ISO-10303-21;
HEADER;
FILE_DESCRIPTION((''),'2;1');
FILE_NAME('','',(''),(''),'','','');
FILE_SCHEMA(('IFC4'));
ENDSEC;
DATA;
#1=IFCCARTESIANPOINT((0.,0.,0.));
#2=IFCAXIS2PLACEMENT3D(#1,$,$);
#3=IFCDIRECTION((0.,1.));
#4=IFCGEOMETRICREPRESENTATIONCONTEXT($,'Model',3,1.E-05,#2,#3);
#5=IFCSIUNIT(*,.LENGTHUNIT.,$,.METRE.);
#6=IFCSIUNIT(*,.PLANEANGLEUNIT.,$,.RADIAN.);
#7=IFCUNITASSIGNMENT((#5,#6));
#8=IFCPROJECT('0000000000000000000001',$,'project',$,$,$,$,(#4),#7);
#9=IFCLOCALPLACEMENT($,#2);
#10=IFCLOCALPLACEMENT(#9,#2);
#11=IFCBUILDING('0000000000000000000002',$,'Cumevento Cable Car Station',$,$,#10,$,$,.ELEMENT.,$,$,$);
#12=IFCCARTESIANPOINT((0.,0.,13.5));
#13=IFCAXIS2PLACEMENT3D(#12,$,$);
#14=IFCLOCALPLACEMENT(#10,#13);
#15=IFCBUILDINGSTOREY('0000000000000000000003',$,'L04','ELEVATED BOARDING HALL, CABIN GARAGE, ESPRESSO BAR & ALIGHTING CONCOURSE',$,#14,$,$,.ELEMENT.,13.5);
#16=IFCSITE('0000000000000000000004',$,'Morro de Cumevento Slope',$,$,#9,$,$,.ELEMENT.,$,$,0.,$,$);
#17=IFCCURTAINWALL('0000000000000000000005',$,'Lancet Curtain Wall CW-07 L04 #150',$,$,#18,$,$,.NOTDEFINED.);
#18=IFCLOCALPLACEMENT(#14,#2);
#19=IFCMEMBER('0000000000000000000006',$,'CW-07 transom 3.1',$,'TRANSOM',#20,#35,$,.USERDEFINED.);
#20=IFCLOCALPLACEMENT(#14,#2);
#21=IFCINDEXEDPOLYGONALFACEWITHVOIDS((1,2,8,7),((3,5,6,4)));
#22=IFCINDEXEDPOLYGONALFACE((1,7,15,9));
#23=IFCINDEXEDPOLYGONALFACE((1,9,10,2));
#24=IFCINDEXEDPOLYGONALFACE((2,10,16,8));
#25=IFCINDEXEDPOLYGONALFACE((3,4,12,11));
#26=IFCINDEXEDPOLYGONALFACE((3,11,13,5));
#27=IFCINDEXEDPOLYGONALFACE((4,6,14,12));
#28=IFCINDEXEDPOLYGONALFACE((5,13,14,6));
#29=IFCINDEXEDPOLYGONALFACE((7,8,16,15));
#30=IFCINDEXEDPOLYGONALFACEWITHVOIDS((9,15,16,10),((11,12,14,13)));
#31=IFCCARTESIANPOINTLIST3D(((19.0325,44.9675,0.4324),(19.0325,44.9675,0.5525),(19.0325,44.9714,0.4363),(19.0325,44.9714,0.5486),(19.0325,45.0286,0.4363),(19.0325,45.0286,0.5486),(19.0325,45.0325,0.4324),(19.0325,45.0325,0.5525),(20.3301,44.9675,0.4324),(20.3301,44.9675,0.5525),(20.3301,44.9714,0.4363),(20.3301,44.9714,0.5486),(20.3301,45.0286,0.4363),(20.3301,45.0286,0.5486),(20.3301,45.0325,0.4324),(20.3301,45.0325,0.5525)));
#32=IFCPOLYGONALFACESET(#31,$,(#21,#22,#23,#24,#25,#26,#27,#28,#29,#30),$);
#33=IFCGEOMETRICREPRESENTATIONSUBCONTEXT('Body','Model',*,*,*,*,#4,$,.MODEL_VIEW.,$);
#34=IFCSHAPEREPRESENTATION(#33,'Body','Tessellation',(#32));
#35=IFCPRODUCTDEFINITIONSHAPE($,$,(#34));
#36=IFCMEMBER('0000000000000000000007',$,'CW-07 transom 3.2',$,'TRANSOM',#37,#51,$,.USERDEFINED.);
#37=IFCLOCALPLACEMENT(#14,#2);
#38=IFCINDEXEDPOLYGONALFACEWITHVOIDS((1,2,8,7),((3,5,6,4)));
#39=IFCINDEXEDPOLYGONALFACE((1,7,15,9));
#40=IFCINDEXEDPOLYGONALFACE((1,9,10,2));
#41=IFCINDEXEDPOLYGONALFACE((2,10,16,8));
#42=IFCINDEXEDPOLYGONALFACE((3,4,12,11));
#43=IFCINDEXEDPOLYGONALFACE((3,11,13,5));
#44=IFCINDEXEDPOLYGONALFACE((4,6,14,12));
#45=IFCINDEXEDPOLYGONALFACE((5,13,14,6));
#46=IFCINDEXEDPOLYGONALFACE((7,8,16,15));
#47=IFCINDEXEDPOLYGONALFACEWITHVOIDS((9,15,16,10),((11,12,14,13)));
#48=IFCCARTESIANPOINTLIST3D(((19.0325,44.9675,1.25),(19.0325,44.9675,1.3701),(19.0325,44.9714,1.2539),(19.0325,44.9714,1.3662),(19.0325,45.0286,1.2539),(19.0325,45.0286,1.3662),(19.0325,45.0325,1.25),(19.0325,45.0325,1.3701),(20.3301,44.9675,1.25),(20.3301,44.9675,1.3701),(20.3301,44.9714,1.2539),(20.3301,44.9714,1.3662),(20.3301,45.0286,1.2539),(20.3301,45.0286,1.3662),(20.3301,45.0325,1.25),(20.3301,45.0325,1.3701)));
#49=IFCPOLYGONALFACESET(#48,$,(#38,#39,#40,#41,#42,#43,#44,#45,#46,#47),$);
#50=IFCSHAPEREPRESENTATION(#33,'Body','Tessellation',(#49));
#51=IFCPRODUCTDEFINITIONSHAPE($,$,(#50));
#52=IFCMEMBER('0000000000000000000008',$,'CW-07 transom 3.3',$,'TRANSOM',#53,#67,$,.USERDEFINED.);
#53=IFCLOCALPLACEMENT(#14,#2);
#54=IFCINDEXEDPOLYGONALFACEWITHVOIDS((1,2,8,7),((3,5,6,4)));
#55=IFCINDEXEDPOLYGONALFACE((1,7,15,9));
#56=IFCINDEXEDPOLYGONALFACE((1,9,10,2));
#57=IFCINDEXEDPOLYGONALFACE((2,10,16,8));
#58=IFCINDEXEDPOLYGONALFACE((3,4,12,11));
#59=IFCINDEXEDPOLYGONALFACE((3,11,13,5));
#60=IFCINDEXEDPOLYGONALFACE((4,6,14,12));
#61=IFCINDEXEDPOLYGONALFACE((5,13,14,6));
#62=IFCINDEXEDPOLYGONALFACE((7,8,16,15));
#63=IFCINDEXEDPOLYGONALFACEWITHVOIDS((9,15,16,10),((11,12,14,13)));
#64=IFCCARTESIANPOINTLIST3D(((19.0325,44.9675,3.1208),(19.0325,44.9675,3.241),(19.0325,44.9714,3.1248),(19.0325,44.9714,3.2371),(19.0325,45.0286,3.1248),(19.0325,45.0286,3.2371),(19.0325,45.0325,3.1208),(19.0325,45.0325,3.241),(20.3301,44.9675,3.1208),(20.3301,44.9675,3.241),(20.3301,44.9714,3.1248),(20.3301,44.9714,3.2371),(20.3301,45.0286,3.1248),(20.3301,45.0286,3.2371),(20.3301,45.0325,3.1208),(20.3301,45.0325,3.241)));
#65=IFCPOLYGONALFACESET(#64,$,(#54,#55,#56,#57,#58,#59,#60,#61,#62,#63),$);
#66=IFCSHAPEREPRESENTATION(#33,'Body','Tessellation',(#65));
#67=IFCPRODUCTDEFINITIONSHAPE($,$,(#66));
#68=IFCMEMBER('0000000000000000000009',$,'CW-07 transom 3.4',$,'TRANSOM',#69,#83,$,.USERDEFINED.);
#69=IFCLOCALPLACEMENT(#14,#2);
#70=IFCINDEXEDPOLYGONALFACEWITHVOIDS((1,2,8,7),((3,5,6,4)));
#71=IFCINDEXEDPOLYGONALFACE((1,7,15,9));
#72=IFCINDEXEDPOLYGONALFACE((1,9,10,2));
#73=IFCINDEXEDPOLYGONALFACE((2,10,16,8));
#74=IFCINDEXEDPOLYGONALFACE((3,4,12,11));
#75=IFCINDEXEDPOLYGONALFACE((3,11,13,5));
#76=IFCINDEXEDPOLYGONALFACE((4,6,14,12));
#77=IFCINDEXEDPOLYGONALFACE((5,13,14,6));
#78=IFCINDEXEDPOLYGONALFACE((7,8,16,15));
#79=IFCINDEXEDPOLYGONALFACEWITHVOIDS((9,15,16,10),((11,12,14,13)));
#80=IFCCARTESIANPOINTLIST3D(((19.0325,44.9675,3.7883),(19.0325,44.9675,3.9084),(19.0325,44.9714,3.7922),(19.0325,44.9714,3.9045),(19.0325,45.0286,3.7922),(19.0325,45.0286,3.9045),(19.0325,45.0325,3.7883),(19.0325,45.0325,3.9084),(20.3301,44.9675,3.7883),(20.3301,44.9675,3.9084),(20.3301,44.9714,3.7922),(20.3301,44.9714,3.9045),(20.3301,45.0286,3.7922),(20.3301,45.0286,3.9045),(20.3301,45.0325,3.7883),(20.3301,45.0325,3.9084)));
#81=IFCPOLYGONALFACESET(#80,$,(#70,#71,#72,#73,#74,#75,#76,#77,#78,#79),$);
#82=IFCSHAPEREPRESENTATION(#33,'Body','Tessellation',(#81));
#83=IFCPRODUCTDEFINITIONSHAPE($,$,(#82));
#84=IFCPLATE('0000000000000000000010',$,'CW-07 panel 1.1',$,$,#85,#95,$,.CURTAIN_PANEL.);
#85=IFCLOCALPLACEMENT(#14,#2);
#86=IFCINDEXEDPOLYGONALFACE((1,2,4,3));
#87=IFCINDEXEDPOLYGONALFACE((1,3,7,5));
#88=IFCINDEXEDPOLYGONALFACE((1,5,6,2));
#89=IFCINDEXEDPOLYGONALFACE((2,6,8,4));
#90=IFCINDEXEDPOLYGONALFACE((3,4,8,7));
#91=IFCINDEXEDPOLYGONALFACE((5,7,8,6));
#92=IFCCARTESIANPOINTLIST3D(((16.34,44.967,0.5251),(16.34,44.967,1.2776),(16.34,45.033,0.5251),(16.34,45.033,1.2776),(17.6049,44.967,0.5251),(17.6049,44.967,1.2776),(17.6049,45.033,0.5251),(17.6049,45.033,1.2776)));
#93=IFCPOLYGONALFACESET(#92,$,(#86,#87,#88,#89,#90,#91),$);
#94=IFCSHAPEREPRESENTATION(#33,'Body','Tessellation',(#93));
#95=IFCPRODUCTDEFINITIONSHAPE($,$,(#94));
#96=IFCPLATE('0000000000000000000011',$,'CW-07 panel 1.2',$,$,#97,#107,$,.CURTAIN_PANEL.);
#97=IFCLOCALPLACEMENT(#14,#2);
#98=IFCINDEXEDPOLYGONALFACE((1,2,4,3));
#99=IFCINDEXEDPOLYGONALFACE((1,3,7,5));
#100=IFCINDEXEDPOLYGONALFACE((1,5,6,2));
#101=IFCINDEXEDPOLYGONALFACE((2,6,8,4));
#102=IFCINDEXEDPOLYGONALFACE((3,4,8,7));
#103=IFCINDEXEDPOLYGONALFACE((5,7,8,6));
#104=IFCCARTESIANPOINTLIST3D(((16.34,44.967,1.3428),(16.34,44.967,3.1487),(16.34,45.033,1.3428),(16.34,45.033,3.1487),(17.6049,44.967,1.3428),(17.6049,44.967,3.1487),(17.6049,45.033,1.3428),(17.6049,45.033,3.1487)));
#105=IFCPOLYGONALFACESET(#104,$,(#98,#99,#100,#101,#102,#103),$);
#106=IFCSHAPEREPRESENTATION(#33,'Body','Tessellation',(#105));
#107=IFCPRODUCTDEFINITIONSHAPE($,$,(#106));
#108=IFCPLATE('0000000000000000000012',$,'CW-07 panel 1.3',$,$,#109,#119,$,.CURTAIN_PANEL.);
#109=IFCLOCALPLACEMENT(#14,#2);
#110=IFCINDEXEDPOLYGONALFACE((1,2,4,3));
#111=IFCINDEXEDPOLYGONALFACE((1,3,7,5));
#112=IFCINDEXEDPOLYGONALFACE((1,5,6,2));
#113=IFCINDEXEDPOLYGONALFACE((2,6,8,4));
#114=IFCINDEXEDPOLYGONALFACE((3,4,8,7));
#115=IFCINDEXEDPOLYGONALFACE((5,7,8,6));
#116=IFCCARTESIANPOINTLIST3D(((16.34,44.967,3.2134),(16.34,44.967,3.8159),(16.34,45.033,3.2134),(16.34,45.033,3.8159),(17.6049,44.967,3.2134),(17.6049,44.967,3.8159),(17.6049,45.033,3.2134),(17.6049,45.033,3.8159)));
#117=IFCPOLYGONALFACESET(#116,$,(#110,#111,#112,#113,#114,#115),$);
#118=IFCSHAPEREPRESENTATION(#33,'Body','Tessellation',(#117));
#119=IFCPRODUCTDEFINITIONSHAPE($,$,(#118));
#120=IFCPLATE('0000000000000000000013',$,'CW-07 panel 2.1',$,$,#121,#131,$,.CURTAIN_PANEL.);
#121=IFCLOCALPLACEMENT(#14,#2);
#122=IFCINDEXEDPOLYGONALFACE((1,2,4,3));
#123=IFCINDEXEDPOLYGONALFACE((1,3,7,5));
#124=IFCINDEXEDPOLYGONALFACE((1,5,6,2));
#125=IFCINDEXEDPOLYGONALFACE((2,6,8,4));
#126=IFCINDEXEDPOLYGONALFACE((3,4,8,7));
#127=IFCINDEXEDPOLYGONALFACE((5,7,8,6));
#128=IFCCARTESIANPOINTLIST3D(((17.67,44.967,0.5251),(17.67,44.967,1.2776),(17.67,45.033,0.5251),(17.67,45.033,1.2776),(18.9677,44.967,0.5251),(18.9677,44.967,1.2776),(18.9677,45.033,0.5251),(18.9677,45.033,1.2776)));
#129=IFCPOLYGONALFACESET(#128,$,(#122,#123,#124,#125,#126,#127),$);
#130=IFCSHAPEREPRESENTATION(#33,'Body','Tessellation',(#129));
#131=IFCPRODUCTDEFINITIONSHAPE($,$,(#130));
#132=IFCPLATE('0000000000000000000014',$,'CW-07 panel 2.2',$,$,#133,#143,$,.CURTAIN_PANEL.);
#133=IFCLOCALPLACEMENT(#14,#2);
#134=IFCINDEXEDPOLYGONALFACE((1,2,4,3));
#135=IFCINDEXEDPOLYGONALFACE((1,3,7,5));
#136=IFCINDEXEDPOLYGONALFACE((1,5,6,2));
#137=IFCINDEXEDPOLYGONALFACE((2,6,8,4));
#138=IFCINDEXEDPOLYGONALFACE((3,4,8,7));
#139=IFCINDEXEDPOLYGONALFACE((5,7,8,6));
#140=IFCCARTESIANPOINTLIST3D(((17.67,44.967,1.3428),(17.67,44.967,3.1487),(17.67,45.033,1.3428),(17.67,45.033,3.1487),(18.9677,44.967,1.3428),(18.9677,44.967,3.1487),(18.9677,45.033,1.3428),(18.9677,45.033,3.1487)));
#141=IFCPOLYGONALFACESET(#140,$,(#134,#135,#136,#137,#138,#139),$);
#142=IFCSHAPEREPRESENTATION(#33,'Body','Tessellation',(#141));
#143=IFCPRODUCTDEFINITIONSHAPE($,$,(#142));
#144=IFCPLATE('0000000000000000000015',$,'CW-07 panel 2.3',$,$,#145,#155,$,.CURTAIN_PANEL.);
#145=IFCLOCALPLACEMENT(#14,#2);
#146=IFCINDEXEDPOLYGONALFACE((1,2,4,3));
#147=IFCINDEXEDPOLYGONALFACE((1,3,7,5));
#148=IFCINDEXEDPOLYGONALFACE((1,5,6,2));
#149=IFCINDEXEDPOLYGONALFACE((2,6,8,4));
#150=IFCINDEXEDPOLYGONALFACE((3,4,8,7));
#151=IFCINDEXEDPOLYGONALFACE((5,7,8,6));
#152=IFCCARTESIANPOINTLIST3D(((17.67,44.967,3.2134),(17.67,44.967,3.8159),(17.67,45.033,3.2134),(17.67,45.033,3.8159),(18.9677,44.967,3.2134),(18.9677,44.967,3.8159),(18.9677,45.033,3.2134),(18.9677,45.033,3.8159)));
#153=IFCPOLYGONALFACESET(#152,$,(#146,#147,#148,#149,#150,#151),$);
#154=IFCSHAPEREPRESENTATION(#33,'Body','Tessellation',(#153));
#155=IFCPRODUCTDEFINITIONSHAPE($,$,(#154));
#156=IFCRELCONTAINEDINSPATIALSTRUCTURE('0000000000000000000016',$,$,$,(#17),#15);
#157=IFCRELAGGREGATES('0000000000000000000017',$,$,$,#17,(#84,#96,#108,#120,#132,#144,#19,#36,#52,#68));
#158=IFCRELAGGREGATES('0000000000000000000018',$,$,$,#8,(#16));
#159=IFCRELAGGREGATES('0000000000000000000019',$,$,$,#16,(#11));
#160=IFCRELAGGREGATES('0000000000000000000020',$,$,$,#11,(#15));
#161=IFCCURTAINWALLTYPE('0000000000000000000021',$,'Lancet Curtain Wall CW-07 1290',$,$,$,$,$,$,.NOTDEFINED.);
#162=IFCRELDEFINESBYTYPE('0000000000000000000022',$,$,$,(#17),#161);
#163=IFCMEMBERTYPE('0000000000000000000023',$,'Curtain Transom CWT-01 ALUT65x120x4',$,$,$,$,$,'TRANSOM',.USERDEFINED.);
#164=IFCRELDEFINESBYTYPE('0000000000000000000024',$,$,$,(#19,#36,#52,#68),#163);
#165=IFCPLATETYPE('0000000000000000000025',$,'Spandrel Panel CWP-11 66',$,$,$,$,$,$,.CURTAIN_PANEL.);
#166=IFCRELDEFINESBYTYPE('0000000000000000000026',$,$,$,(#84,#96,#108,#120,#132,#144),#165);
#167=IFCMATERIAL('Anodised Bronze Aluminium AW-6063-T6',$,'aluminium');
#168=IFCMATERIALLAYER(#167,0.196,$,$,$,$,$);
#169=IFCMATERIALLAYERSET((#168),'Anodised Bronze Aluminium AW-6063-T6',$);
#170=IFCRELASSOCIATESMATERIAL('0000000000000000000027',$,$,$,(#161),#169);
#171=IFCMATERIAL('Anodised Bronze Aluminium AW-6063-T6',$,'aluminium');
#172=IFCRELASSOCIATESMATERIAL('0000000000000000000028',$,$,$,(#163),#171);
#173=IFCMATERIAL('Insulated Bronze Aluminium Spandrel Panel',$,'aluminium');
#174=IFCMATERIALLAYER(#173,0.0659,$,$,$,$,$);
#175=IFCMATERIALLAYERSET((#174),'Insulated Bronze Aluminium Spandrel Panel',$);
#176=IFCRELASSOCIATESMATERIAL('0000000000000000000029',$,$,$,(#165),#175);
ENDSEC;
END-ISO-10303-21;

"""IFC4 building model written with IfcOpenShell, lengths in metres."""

from ifc_helpers import new_model, si_unit, direction, frame, origin, origin_2d, place, context, subcontext, project, spatial, rectangle, hollow_rectangle, extrude, material, layer, layer_set, material_profile, profile_set, type_object, element, aggregate, save


model = new_model("IFC4")

# Units and contexts
model_context = context("Model", 3, precision=1e-05, world=origin(), true_north=direction((0.0, 1.0)))
body_context = subcontext(model_context, "Body", "Model", "MODEL_VIEW")
ifc_project = project(units=[si_unit("LENGTHUNIT", "METRE"), si_unit("PLANEANGLEUNIT", "RADIAN")], contexts=[model_context])

# Site, building, storey
site_placement = place(None, origin())
site = spatial("IfcSite", under=ifc_project, at=site_placement, Name="Morro de Cumevento Slope", CompositionType="ELEMENT", RefElevation=0.0)
building_placement = place(site_placement, origin())
building = spatial("IfcBuilding", under=site, at=building_placement, Name="Cumevento Cable Car Station", CompositionType="ELEMENT")
storey_placement = place(building_placement, frame((0.0, 0.0, 13.5)))
storey = spatial("IfcBuildingStorey", under=building, at=storey_placement, Name="L04", Description="ELEVATED BOARDING HALL, CABIN GARAGE, ESPRESSO BAR & ALIGHTING CONCOURSE", CompositionType="ELEMENT", Elevation=13.5)

# Curtain wall, members, plates
ifc_material_1 = material(Name="Anodised Bronze Aluminium AW-6063-T6", Category="aluminium")
ifc_layer_1 = layer(ifc_material_1, 0.196)
ifc_layer_set_1 = layer_set([ifc_layer_1], Name="Anodised Bronze Aluminium AW-6063-T6")
curtain_wall_type = type_object("IfcCurtainWallType", Name="Lancet Curtain Wall CW-07 1290", PredefinedType="NOTDEFINED", material=ifc_layer_set_1)
curtain_wall_placement = place(storey_placement, origin())
curtain_wall = element("IfcCurtainWall", 1, at=curtain_wall_placement, inside=storey, type_object=curtain_wall_type, Name="Lancet Curtain Wall CW-07 L04 #150", PredefinedType="NOTDEFINED")
ifc_material_2 = material(Name="Anodised Bronze Aluminium AW-6063-T6", Category="aluminium")
ifc_material_profile_1 = material_profile(ifc_material_2, hollow_rectangle(XDim=0.0649, YDim=0.1201, WallThickness=0.0039, at=origin_2d()), Name="ALUT65x120x4")
ifc_profile_set_1 = profile_set([ifc_material_profile_1], Name="Anodised Bronze Aluminium AW-6063-T6")
member_type_1 = type_object("IfcMemberType", Name="Curtain Transom CWT-01 ALUT65x120x4", ElementType="TRANSOM", PredefinedType="USERDEFINED", material=ifc_profile_set_1)
member_1_placement = place(storey_placement, frame((19.0325, 45.0, 0.4924), z_axis=(1.0, 0.0, 0.0), x_axis=(0.0, 1.0, 0.0)))
member_1 = element("IfcMember", 2, at=member_1_placement, type_object=member_type_1, Name="CW-07 transom 3.1", ObjectType="TRANSOM", PredefinedType="USERDEFINED", context=body_context, shape_type="SweptSolid", body=[
    extrude(hollow_rectangle(XDim=0.0649, YDim=0.1201, WallThickness=0.0039, at=origin_2d()), origin(), (0.0, 0.0, 1.0), 1.2976),
])
member_2_placement = place(storey_placement, frame((19.0325, 45.0, 1.3101), z_axis=(1.0, 0.0, 0.0), x_axis=(0.0, 1.0, 0.0)))
member_2 = element("IfcMember", 3, at=member_2_placement, type_object=member_type_1, Name="CW-07 transom 3.2", ObjectType="TRANSOM", PredefinedType="USERDEFINED", context=body_context, shape_type="SweptSolid", body=[
    extrude(hollow_rectangle(XDim=0.0649, YDim=0.1201, WallThickness=0.0039, at=origin_2d()), origin(), (0.0, 0.0, 1.0), 1.2976),
])
member_3_placement = place(storey_placement, frame((19.0325, 45.0, 3.1809), z_axis=(1.0, 0.0, 0.0), x_axis=(0.0, 1.0, 0.0)))
member_3 = element("IfcMember", 4, at=member_3_placement, type_object=member_type_1, Name="CW-07 transom 3.3", ObjectType="TRANSOM", PredefinedType="USERDEFINED", context=body_context, shape_type="SweptSolid", body=[
    extrude(hollow_rectangle(XDim=0.0649, YDim=0.1201, WallThickness=0.0039, at=origin_2d()), origin(), (0.0, 0.0, 1.0), 1.2976),
])
member_4_placement = place(storey_placement, frame((19.0325, 45.0, 3.8484), z_axis=(1.0, 0.0, 0.0), x_axis=(0.0, 1.0, 0.0)))
member_4 = element("IfcMember", 5, at=member_4_placement, type_object=member_type_1, Name="CW-07 transom 3.4", ObjectType="TRANSOM", PredefinedType="USERDEFINED", context=body_context, shape_type="SweptSolid", body=[
    extrude(hollow_rectangle(XDim=0.0649, YDim=0.1201, WallThickness=0.0039, at=origin_2d()), origin(), (0.0, 0.0, 1.0), 1.2976),
])
ifc_material_3 = material(Name="Insulated Bronze Aluminium Spandrel Panel", Category="aluminium")
ifc_layer_2 = layer(ifc_material_3, 0.0659)
ifc_layer_set_2 = layer_set([ifc_layer_2], Name="Insulated Bronze Aluminium Spandrel Panel")
plate_type = type_object("IfcPlateType", Name="Spandrel Panel CWP-11 66", PredefinedType="CURTAIN_PANEL", material=ifc_layer_set_2)
plate_1_placement = place(storey_placement, frame((16.9724, 45.0, 0.5251), z_axis=(0.0, 0.0, 1.0), x_axis=(1.0, 0.0, 0.0)))
plate_1 = element("IfcPlate", 6, at=plate_1_placement, type_object=plate_type, Name="CW-07 panel 1.1", PredefinedType="CURTAIN_PANEL", context=body_context, shape_type="SweptSolid", body=[
    extrude(rectangle(XDim=1.2649, YDim=0.0659, at=origin_2d()), origin(), (0.0, 0.0, 1.0), 0.7524),
])
plate_2_placement = place(storey_placement, frame((16.9724, 45.0, 1.3428), z_axis=(0.0, 0.0, 1.0), x_axis=(1.0, 0.0, 0.0)))
plate_2 = element("IfcPlate", 7, at=plate_2_placement, type_object=plate_type, Name="CW-07 panel 1.2", PredefinedType="CURTAIN_PANEL", context=body_context, shape_type="SweptSolid", body=[
    extrude(rectangle(XDim=1.2649, YDim=0.0659, at=origin_2d()), origin(), (0.0, 0.0, 1.0), 1.8059),
])
plate_3_placement = place(storey_placement, frame((16.9724, 45.0, 3.2134), z_axis=(0.0, 0.0, 1.0), x_axis=(1.0, 0.0, 0.0)))
plate_3 = element("IfcPlate", 8, at=plate_3_placement, type_object=plate_type, Name="CW-07 panel 1.3", PredefinedType="CURTAIN_PANEL", context=body_context, shape_type="SweptSolid", body=[
    extrude(rectangle(XDim=1.2649, YDim=0.0659, at=origin_2d()), origin(), (0.0, 0.0, 1.0), 0.6025),
])
plate_4_placement = place(storey_placement, frame((18.3188, 45.0, 0.5251), z_axis=(0.0, 0.0, 1.0), x_axis=(1.0, 0.0, 0.0)))
plate_4 = element("IfcPlate", 9, at=plate_4_placement, type_object=plate_type, Name="CW-07 panel 2.1", PredefinedType="CURTAIN_PANEL", context=body_context, shape_type="SweptSolid", body=[
    extrude(rectangle(XDim=1.2976, YDim=0.0659, at=origin_2d()), origin(), (0.0, 0.0, 1.0), 0.7524),
])
plate_5_placement = place(storey_placement, frame((18.3188, 45.0, 1.3428), z_axis=(0.0, 0.0, 1.0), x_axis=(1.0, 0.0, 0.0)))
plate_5 = element("IfcPlate", 10, at=plate_5_placement, type_object=plate_type, Name="CW-07 panel 2.2", PredefinedType="CURTAIN_PANEL", context=body_context, shape_type="SweptSolid", body=[
    extrude(rectangle(XDim=1.2976, YDim=0.0659, at=origin_2d()), origin(), (0.0, 0.0, 1.0), 1.8059),
])
plate_6_placement = place(storey_placement, frame((18.3188, 45.0, 3.2134), z_axis=(0.0, 0.0, 1.0), x_axis=(1.0, 0.0, 0.0)))
plate_6 = element("IfcPlate", 11, at=plate_6_placement, type_object=plate_type, Name="CW-07 panel 2.3", PredefinedType="CURTAIN_PANEL", context=body_context, shape_type="SweptSolid", body=[
    extrude(rectangle(XDim=1.2976, YDim=0.0659, at=origin_2d()), origin(), (0.0, 0.0, 1.0), 0.6025),
])
aggregate(curtain_wall, [plate_1, plate_2, plate_3, plate_4, plate_5, plate_6, member_1, member_2, member_3, member_4])

save(model, "model.ifc")
